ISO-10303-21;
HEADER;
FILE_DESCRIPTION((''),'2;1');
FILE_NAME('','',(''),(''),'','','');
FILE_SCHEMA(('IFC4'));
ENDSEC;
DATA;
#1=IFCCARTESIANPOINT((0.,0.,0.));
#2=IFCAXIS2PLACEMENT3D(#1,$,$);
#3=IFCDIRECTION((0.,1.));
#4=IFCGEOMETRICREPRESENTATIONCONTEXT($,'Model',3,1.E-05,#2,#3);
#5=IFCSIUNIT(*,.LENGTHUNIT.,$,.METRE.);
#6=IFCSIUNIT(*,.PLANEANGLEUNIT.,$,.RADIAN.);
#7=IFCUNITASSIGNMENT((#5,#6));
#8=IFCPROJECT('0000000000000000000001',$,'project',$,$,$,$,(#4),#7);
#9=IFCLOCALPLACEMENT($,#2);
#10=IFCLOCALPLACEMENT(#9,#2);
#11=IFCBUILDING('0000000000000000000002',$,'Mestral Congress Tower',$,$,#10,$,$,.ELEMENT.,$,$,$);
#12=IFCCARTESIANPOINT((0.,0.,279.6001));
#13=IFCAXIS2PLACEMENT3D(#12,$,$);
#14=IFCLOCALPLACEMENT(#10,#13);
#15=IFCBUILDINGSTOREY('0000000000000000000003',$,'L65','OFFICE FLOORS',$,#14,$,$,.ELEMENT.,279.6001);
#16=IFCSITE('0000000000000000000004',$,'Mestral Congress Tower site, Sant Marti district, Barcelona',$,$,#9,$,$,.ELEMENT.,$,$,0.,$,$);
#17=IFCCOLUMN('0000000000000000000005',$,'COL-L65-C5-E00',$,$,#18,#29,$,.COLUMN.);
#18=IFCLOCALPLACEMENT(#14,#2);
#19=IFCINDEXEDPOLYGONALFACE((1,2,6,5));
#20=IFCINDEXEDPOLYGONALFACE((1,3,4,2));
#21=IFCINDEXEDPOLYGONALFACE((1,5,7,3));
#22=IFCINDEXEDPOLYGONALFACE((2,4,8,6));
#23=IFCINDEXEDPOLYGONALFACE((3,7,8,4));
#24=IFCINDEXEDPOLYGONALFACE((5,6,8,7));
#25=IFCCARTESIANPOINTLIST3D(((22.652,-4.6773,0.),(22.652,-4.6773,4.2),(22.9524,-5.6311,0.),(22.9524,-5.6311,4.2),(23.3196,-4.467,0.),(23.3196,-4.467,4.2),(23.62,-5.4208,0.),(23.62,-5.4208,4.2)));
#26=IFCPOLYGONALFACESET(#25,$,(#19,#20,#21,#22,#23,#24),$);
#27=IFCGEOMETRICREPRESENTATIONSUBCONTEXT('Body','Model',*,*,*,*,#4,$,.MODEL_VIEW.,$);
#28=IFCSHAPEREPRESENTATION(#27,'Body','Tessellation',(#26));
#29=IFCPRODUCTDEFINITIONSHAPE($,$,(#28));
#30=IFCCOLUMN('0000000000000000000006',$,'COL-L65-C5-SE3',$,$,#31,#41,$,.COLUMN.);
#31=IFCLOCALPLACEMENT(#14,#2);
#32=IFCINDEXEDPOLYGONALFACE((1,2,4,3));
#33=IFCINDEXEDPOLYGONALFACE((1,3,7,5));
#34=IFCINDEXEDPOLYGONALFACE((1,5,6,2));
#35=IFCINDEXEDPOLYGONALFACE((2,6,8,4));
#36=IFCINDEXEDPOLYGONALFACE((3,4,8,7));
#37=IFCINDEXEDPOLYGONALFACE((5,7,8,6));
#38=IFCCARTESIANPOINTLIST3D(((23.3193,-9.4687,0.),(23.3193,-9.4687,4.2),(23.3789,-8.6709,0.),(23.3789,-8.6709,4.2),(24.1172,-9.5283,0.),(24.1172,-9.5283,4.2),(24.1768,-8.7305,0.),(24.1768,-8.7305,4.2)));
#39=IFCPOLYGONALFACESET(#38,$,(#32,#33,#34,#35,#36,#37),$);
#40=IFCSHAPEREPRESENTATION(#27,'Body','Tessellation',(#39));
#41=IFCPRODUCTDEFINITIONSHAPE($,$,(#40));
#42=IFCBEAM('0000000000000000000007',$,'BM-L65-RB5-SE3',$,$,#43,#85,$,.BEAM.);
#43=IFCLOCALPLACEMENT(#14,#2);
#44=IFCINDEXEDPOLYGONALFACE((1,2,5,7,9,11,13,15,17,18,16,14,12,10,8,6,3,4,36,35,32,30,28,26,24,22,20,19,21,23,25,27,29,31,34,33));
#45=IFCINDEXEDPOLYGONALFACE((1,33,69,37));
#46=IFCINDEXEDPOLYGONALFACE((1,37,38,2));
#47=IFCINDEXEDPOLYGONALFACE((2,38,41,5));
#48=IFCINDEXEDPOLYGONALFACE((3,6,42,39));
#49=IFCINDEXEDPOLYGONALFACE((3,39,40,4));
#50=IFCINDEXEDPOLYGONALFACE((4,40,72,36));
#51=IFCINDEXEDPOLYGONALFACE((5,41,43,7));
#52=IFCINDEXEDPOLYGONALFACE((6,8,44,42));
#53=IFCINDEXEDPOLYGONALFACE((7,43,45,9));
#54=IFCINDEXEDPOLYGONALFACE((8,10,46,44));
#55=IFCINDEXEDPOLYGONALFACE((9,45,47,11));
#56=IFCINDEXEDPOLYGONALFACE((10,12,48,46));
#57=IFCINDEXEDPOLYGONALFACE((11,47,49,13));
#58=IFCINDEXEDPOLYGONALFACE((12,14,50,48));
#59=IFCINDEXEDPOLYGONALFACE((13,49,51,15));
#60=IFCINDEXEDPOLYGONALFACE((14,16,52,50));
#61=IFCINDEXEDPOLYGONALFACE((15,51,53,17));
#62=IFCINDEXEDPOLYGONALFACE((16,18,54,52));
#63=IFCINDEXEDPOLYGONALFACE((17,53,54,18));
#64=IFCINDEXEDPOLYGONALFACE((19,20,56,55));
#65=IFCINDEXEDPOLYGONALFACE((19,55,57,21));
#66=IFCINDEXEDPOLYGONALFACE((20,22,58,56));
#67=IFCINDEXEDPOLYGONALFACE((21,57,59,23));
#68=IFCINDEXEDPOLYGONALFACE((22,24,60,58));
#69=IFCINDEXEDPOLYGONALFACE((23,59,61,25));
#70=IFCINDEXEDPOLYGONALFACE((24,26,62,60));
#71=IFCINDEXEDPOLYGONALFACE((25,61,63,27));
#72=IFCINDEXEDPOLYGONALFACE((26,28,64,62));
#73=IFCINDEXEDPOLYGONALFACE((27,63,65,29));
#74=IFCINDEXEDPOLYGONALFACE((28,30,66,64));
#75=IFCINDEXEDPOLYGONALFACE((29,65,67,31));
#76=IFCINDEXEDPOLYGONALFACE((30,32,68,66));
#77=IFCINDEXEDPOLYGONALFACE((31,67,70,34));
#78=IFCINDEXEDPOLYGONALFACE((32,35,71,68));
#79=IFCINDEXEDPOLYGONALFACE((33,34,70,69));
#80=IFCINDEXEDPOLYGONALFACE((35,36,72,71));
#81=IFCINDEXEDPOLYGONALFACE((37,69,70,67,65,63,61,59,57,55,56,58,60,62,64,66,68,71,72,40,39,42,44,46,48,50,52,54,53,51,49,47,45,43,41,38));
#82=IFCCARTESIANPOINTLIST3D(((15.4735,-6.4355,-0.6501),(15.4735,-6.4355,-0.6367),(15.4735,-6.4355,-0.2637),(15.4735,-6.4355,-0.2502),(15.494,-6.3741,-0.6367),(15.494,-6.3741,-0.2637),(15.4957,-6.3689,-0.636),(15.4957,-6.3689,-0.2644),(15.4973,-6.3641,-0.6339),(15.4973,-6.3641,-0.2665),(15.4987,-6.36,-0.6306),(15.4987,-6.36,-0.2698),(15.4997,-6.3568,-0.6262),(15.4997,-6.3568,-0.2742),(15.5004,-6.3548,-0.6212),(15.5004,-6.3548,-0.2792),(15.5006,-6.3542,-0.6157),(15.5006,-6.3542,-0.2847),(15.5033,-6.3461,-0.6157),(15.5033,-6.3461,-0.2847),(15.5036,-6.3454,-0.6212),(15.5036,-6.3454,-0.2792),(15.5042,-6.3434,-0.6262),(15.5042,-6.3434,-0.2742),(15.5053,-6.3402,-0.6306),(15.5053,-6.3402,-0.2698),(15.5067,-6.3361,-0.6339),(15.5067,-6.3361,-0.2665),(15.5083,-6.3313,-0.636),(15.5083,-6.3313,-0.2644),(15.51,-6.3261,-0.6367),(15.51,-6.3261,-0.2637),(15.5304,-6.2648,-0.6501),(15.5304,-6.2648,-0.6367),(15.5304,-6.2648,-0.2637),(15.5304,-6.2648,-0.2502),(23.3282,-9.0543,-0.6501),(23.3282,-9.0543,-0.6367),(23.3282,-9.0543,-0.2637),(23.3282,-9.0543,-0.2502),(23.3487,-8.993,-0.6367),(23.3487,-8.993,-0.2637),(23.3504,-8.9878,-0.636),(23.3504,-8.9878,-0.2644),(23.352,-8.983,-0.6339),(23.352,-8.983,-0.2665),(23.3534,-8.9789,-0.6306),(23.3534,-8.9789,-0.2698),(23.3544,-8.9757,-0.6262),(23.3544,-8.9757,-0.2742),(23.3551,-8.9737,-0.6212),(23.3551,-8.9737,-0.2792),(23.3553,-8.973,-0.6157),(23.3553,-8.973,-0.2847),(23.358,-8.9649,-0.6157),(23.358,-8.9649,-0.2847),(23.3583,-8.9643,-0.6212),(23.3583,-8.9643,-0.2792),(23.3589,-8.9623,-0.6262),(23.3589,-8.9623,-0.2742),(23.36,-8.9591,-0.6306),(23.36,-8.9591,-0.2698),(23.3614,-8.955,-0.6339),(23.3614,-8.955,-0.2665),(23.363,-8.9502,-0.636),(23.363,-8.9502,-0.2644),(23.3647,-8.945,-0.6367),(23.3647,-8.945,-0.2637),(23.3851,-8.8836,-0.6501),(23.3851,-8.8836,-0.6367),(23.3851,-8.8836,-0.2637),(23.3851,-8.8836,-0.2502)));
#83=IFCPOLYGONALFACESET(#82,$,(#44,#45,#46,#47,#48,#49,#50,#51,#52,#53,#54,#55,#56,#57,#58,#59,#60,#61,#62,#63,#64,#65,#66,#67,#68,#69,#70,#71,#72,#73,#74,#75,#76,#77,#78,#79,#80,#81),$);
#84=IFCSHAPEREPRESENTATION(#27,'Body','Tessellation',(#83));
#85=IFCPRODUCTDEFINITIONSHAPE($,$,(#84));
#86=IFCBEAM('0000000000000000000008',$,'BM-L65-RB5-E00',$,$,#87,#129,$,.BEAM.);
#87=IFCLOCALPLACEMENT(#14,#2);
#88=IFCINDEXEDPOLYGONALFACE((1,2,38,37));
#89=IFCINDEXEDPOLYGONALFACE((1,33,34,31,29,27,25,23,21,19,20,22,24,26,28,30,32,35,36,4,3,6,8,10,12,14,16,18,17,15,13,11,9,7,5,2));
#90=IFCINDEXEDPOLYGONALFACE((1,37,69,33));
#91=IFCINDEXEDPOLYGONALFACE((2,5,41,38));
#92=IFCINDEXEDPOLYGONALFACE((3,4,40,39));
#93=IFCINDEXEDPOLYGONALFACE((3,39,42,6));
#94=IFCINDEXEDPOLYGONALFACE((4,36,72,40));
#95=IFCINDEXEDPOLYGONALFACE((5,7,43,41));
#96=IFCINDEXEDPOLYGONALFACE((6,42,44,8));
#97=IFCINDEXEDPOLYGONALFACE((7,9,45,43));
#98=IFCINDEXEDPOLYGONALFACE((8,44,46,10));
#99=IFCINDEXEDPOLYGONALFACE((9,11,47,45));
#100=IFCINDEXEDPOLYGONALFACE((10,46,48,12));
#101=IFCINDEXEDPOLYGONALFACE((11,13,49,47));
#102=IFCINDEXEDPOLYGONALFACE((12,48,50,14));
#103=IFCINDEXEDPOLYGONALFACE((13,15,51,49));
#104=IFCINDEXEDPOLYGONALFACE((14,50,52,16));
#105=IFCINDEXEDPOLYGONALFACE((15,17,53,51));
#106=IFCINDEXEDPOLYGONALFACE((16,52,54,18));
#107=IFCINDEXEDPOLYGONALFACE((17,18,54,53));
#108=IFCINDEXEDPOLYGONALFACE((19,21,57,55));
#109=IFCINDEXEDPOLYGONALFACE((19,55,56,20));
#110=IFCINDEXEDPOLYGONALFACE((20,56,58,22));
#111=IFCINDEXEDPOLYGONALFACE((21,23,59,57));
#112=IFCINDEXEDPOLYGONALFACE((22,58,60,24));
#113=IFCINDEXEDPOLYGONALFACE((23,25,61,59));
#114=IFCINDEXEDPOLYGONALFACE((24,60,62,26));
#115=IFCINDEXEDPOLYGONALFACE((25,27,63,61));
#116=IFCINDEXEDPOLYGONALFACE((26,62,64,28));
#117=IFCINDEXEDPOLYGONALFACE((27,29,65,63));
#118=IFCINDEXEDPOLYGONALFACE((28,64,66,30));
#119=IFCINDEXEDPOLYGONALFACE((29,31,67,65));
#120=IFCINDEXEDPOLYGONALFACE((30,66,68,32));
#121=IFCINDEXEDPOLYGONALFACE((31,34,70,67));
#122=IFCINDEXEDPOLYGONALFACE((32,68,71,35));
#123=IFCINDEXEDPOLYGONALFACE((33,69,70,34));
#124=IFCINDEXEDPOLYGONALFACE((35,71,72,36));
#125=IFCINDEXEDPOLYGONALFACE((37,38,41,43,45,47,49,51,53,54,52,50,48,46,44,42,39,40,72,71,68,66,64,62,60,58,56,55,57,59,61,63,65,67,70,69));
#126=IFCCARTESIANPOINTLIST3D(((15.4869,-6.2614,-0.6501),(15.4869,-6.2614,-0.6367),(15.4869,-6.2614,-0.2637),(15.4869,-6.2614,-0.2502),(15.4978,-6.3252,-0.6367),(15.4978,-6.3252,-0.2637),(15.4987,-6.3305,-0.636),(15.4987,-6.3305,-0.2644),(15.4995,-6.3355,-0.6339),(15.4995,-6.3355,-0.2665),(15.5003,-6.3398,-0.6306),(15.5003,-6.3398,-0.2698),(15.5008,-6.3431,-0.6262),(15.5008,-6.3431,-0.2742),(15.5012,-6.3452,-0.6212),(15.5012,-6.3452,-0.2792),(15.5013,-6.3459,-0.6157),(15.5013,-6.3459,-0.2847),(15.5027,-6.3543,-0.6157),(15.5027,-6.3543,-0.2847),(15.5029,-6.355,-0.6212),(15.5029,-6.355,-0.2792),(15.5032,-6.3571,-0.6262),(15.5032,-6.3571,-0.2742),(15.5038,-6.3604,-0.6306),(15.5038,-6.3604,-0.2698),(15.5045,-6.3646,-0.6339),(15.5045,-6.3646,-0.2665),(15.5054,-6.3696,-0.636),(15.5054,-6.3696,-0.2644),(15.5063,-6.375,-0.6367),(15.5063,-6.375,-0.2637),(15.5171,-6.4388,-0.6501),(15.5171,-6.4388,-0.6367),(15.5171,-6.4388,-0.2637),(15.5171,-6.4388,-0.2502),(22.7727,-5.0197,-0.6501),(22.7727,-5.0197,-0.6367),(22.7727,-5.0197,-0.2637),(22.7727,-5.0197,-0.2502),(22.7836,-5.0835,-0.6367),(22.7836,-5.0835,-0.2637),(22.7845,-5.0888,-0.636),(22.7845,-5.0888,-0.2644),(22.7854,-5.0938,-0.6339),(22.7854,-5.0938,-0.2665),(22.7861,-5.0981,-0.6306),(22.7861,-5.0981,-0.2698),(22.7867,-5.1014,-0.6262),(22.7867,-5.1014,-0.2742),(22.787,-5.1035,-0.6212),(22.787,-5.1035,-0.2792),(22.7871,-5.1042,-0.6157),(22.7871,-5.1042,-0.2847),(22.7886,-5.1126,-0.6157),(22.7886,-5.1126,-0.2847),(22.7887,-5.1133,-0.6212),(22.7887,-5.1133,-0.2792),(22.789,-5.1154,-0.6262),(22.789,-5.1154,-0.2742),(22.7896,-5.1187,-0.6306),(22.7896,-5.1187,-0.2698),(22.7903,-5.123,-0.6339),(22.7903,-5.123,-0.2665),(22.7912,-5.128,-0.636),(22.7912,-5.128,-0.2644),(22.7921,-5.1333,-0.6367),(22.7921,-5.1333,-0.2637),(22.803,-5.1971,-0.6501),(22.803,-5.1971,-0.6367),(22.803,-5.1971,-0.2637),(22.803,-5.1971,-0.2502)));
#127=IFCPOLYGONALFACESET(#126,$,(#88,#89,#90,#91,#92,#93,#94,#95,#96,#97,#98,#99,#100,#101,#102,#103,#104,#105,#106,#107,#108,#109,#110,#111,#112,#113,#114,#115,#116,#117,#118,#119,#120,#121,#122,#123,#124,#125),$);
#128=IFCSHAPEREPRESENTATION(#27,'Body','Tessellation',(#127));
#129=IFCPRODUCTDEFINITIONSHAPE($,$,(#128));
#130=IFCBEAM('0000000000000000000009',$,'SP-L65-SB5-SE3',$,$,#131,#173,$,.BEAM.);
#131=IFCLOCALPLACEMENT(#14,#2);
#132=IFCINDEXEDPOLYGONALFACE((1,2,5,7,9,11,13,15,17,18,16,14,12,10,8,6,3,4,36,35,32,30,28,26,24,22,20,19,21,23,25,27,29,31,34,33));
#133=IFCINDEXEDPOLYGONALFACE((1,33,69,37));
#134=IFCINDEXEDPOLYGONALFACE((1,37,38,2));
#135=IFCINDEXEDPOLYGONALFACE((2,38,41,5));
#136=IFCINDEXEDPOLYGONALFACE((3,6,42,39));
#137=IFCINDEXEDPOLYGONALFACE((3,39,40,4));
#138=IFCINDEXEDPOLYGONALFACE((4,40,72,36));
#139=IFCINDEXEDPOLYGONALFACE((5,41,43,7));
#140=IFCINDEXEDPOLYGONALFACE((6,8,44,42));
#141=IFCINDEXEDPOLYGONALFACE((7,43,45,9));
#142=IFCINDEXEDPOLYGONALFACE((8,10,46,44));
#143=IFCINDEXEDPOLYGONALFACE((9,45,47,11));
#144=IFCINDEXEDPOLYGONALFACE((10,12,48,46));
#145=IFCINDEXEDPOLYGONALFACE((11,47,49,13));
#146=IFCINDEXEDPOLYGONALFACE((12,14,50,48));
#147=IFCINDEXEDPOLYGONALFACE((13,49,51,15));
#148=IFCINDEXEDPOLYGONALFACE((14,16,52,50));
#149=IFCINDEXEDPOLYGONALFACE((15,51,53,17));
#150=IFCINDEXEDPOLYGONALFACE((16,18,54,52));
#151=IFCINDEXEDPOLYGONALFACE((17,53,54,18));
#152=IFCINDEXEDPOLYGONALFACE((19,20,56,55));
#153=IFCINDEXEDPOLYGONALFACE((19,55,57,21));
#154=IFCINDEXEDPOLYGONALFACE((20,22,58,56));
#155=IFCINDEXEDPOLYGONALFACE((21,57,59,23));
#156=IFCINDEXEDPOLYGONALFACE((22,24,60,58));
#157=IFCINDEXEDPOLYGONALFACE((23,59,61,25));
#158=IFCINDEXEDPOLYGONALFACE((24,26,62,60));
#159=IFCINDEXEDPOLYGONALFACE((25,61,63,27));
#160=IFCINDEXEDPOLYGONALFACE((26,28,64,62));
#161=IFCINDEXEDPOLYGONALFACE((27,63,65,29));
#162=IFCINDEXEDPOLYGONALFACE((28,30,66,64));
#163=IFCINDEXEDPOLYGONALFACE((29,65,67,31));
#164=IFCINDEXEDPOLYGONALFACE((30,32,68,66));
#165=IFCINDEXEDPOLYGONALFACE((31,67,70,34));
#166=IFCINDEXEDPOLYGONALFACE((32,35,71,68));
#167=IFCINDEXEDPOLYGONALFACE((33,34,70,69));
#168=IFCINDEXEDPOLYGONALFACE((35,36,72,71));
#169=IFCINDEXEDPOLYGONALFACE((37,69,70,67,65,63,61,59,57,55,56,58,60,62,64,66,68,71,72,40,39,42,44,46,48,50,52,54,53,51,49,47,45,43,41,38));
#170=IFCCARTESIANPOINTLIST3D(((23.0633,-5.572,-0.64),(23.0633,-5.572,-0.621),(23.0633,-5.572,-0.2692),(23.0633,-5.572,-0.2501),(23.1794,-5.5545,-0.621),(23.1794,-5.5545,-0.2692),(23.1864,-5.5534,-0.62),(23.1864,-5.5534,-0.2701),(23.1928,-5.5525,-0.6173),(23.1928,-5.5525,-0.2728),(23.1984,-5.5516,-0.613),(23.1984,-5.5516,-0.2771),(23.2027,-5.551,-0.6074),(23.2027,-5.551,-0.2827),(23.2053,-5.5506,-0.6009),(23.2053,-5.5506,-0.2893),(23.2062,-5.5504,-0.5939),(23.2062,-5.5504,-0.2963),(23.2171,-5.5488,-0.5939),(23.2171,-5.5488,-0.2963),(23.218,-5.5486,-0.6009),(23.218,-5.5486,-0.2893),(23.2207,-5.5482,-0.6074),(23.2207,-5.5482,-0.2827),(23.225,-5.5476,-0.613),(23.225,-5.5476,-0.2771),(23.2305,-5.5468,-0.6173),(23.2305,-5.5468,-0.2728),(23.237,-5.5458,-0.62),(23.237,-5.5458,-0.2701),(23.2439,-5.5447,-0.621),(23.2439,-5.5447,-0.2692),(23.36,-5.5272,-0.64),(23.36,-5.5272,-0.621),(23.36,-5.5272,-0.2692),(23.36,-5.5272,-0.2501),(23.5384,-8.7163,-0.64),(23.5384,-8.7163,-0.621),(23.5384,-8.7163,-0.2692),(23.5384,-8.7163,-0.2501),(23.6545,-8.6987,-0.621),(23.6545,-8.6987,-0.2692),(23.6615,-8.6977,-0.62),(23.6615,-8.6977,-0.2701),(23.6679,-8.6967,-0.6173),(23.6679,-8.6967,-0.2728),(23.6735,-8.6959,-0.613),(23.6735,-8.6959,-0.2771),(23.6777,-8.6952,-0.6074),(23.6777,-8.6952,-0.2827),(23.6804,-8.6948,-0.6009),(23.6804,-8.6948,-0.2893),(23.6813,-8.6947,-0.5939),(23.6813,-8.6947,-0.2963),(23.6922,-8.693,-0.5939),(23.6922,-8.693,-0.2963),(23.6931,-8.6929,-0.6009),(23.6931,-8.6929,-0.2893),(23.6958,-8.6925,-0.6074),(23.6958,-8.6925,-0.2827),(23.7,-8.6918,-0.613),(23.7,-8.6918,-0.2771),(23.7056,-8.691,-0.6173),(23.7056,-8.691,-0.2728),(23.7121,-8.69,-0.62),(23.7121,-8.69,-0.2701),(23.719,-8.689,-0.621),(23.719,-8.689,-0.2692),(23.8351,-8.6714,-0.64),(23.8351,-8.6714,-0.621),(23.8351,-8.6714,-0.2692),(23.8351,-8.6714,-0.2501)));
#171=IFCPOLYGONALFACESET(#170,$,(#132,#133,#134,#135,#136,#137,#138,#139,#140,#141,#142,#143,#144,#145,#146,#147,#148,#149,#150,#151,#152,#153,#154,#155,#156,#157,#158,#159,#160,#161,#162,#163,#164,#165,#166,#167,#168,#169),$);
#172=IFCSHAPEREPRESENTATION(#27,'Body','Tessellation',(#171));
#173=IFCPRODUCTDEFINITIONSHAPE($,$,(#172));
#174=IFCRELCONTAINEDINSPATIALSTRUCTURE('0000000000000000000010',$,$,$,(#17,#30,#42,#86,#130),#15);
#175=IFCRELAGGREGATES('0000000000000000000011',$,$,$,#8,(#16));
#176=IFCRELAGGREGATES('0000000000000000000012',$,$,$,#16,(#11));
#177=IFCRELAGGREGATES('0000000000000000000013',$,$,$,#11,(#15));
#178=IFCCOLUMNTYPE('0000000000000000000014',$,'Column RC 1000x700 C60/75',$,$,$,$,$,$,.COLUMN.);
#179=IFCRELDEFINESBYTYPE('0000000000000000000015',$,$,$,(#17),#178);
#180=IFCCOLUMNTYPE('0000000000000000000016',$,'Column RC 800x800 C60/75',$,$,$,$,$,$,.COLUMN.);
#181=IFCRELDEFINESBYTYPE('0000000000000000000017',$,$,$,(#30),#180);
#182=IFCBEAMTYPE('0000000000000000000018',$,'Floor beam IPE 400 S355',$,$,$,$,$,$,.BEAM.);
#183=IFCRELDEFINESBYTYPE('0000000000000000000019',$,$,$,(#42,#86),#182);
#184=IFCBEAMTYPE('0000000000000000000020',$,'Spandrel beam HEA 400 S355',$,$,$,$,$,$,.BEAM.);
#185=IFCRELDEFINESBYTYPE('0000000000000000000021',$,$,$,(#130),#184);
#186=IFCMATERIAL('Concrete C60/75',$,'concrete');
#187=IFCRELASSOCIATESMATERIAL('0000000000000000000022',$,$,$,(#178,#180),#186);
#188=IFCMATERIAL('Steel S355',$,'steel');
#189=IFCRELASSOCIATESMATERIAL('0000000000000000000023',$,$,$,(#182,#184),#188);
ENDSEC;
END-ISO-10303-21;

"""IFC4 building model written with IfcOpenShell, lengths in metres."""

from ifc_helpers import new_model, si_unit, direction, frame, origin, origin_2d, place, context, subcontext, project, spatial, rectangle, i_section, extrude, material, material_profile, profile_set, type_object, element, save


model = new_model("IFC4")

# Units and contexts
model_context = context("Model", 3, precision=1e-05, world=origin(), true_north=direction((0.0, 1.0)))
body_context = subcontext(model_context, "Body", "Model", "MODEL_VIEW")
ifc_project = project(units=[si_unit("LENGTHUNIT", "METRE"), si_unit("PLANEANGLEUNIT", "RADIAN")], contexts=[model_context])

# Site, building, storey
site_placement = place(None, origin())
site = spatial("IfcSite", under=ifc_project, at=site_placement, Name="Mestral Congress Tower site, Sant Marti district, Barcelona", CompositionType="ELEMENT", RefElevation=0.0)
building_placement = place(site_placement, origin())
building = spatial("IfcBuilding", under=site, at=building_placement, Name="Mestral Congress Tower", CompositionType="ELEMENT")
storey_placement = place(building_placement, frame((0.0, 0.0, 279.6001)))
storey = spatial("IfcBuildingStorey", under=building, at=storey_placement, Name="L65", Description="OFFICE FLOORS", CompositionType="ELEMENT", Elevation=279.6001)

# Columns
ifc_material_1 = material(Name="Concrete C60/75", Category="concrete")
ifc_material_profile_1 = material_profile(ifc_material_1, rectangle(XDim=1.0, YDim=0.7, at=origin_2d()), Name="RC 1000x700")
ifc_profile_set_1 = profile_set([ifc_material_profile_1], Name="Concrete C60/75")
column_type_1 = type_object("IfcColumnType", Name="Column RC 1000x700 C60/75", PredefinedType="COLUMN", material=ifc_profile_set_1)
column_1_placement = place(storey_placement, frame((23.136, -5.0491, 0.0), z_axis=(0.0, 0.0, 1.0), x_axis=(-0.300431, 0.953804, 0.0)))
element("IfcColumn", 1, at=column_1_placement, inside=storey, type_object=column_type_1, Name="COL-L65-C5-E00", PredefinedType="COLUMN", context=body_context, shape_type="SweptSolid", body=[
    extrude(rectangle(XDim=1.0, YDim=0.7, at=origin_2d()), origin(), (0.0, 0.0, 1.0), 4.2),
])
ifc_material_profile_2 = material_profile(ifc_material_1, rectangle(XDim=0.8, YDim=0.8, at=origin_2d()), Name="RC 800x800")
ifc_profile_set_2 = profile_set([ifc_material_profile_2], Name="Concrete C60/75")
column_type_2 = type_object("IfcColumnType", Name="Column RC 800x800 C60/75", PredefinedType="COLUMN", material=ifc_profile_set_2)
column_2_placement = place(storey_placement, frame((23.748, -9.0996, 0.0), z_axis=(0.0, 0.0, 1.0), x_axis=(0.074511, 0.99722, 0.0)))
element("IfcColumn", 2, at=column_2_placement, inside=storey, type_object=column_type_2, Name="COL-L65-C5-SE3", PredefinedType="COLUMN", context=body_context, shape_type="SweptSolid", body=[
    extrude(rectangle(XDim=0.8, YDim=0.8, at=origin_2d()), origin(), (0.0, 0.0, 1.0), 4.2),
])

# Beams
ifc_material_2 = material(Name="Steel S355", Category="steel")
ifc_material_profile_3 = material_profile(ifc_material_2, i_section(OverallWidth=0.1799, OverallDepth=0.3999, WebThickness=0.0085, FlangeThickness=0.0134, FilletRadius=0.021, at=origin_2d()), Name="IPE 400")
ifc_profile_set_3 = profile_set([ifc_material_profile_3], Name="Steel S355")
beam_type_1 = type_object("IfcBeamType", Name="Floor beam IPE 400 S355", PredefinedType="BEAM", material=ifc_profile_set_3)
beam_1_placement = place(storey_placement, frame((23.3567, -8.969, -0.4502), z_axis=(-0.94866, 0.316299, 0.0), x_axis=(-0.316299, -0.94866, 0.0)))
element("IfcBeam", 3, at=beam_1_placement, inside=storey, type_object=beam_type_1, Name="BM-L65-RB5-SE3", PredefinedType="BEAM", context=body_context, shape_type="SweptSolid", body=[
    extrude(i_section(OverallWidth=0.1799, OverallDepth=0.3999, WebThickness=0.0085, FlangeThickness=0.0134, FilletRadius=0.021, at=origin_2d()), origin(), (0.0, 0.0, 1.0), 8.2798),
])
beam_2_placement = place(storey_placement, frame((22.7878, -5.1084, -0.4502), z_axis=(-0.985787, -0.168003, 0.0), x_axis=(0.168003, -0.985787, 0.0)))
element("IfcBeam", 4, at=beam_2_placement, inside=storey, type_object=beam_type_1, Name="BM-L65-RB5-E00", PredefinedType="BEAM", context=body_context, shape_type="SweptSolid", body=[
    extrude(i_section(OverallWidth=0.1799, OverallDepth=0.3999, WebThickness=0.0085, FlangeThickness=0.0134, FilletRadius=0.021, at=origin_2d()), origin(), (0.0, 0.0, 1.0), 7.3909),
])
ifc_material_profile_4 = material_profile(ifc_material_2, i_section(OverallWidth=0.3, OverallDepth=0.3899, WebThickness=0.011, FlangeThickness=0.019, FilletRadius=0.0271, at=origin_2d()), Name="HEA 400")
ifc_profile_set_4 = profile_set([ifc_material_profile_4], Name="Steel S355")
beam_type_2 = type_object("IfcBeamType", Name="Spandrel beam HEA 400 S355", PredefinedType="BEAM", material=ifc_profile_set_4)
beam_3_placement = place(storey_placement, frame((23.6868, -8.6938, -0.4451), z_axis=(-0.149403, 0.988776, 0.0), x_axis=(-0.988776, -0.149403, 0.0)))
element("IfcBeam", 5, at=beam_3_placement, inside=storey, type_object=beam_type_2, Name="SP-L65-SB5-SE3", PredefinedType="BEAM", context=body_context, shape_type="SweptSolid", body=[
    extrude(i_section(OverallWidth=0.3, OverallDepth=0.3899, WebThickness=0.011, FlangeThickness=0.019, FilletRadius=0.0271, at=origin_2d()), origin(), (0.0, 0.0, 1.0), 3.1799),
])

save(model, "model.ifc")
